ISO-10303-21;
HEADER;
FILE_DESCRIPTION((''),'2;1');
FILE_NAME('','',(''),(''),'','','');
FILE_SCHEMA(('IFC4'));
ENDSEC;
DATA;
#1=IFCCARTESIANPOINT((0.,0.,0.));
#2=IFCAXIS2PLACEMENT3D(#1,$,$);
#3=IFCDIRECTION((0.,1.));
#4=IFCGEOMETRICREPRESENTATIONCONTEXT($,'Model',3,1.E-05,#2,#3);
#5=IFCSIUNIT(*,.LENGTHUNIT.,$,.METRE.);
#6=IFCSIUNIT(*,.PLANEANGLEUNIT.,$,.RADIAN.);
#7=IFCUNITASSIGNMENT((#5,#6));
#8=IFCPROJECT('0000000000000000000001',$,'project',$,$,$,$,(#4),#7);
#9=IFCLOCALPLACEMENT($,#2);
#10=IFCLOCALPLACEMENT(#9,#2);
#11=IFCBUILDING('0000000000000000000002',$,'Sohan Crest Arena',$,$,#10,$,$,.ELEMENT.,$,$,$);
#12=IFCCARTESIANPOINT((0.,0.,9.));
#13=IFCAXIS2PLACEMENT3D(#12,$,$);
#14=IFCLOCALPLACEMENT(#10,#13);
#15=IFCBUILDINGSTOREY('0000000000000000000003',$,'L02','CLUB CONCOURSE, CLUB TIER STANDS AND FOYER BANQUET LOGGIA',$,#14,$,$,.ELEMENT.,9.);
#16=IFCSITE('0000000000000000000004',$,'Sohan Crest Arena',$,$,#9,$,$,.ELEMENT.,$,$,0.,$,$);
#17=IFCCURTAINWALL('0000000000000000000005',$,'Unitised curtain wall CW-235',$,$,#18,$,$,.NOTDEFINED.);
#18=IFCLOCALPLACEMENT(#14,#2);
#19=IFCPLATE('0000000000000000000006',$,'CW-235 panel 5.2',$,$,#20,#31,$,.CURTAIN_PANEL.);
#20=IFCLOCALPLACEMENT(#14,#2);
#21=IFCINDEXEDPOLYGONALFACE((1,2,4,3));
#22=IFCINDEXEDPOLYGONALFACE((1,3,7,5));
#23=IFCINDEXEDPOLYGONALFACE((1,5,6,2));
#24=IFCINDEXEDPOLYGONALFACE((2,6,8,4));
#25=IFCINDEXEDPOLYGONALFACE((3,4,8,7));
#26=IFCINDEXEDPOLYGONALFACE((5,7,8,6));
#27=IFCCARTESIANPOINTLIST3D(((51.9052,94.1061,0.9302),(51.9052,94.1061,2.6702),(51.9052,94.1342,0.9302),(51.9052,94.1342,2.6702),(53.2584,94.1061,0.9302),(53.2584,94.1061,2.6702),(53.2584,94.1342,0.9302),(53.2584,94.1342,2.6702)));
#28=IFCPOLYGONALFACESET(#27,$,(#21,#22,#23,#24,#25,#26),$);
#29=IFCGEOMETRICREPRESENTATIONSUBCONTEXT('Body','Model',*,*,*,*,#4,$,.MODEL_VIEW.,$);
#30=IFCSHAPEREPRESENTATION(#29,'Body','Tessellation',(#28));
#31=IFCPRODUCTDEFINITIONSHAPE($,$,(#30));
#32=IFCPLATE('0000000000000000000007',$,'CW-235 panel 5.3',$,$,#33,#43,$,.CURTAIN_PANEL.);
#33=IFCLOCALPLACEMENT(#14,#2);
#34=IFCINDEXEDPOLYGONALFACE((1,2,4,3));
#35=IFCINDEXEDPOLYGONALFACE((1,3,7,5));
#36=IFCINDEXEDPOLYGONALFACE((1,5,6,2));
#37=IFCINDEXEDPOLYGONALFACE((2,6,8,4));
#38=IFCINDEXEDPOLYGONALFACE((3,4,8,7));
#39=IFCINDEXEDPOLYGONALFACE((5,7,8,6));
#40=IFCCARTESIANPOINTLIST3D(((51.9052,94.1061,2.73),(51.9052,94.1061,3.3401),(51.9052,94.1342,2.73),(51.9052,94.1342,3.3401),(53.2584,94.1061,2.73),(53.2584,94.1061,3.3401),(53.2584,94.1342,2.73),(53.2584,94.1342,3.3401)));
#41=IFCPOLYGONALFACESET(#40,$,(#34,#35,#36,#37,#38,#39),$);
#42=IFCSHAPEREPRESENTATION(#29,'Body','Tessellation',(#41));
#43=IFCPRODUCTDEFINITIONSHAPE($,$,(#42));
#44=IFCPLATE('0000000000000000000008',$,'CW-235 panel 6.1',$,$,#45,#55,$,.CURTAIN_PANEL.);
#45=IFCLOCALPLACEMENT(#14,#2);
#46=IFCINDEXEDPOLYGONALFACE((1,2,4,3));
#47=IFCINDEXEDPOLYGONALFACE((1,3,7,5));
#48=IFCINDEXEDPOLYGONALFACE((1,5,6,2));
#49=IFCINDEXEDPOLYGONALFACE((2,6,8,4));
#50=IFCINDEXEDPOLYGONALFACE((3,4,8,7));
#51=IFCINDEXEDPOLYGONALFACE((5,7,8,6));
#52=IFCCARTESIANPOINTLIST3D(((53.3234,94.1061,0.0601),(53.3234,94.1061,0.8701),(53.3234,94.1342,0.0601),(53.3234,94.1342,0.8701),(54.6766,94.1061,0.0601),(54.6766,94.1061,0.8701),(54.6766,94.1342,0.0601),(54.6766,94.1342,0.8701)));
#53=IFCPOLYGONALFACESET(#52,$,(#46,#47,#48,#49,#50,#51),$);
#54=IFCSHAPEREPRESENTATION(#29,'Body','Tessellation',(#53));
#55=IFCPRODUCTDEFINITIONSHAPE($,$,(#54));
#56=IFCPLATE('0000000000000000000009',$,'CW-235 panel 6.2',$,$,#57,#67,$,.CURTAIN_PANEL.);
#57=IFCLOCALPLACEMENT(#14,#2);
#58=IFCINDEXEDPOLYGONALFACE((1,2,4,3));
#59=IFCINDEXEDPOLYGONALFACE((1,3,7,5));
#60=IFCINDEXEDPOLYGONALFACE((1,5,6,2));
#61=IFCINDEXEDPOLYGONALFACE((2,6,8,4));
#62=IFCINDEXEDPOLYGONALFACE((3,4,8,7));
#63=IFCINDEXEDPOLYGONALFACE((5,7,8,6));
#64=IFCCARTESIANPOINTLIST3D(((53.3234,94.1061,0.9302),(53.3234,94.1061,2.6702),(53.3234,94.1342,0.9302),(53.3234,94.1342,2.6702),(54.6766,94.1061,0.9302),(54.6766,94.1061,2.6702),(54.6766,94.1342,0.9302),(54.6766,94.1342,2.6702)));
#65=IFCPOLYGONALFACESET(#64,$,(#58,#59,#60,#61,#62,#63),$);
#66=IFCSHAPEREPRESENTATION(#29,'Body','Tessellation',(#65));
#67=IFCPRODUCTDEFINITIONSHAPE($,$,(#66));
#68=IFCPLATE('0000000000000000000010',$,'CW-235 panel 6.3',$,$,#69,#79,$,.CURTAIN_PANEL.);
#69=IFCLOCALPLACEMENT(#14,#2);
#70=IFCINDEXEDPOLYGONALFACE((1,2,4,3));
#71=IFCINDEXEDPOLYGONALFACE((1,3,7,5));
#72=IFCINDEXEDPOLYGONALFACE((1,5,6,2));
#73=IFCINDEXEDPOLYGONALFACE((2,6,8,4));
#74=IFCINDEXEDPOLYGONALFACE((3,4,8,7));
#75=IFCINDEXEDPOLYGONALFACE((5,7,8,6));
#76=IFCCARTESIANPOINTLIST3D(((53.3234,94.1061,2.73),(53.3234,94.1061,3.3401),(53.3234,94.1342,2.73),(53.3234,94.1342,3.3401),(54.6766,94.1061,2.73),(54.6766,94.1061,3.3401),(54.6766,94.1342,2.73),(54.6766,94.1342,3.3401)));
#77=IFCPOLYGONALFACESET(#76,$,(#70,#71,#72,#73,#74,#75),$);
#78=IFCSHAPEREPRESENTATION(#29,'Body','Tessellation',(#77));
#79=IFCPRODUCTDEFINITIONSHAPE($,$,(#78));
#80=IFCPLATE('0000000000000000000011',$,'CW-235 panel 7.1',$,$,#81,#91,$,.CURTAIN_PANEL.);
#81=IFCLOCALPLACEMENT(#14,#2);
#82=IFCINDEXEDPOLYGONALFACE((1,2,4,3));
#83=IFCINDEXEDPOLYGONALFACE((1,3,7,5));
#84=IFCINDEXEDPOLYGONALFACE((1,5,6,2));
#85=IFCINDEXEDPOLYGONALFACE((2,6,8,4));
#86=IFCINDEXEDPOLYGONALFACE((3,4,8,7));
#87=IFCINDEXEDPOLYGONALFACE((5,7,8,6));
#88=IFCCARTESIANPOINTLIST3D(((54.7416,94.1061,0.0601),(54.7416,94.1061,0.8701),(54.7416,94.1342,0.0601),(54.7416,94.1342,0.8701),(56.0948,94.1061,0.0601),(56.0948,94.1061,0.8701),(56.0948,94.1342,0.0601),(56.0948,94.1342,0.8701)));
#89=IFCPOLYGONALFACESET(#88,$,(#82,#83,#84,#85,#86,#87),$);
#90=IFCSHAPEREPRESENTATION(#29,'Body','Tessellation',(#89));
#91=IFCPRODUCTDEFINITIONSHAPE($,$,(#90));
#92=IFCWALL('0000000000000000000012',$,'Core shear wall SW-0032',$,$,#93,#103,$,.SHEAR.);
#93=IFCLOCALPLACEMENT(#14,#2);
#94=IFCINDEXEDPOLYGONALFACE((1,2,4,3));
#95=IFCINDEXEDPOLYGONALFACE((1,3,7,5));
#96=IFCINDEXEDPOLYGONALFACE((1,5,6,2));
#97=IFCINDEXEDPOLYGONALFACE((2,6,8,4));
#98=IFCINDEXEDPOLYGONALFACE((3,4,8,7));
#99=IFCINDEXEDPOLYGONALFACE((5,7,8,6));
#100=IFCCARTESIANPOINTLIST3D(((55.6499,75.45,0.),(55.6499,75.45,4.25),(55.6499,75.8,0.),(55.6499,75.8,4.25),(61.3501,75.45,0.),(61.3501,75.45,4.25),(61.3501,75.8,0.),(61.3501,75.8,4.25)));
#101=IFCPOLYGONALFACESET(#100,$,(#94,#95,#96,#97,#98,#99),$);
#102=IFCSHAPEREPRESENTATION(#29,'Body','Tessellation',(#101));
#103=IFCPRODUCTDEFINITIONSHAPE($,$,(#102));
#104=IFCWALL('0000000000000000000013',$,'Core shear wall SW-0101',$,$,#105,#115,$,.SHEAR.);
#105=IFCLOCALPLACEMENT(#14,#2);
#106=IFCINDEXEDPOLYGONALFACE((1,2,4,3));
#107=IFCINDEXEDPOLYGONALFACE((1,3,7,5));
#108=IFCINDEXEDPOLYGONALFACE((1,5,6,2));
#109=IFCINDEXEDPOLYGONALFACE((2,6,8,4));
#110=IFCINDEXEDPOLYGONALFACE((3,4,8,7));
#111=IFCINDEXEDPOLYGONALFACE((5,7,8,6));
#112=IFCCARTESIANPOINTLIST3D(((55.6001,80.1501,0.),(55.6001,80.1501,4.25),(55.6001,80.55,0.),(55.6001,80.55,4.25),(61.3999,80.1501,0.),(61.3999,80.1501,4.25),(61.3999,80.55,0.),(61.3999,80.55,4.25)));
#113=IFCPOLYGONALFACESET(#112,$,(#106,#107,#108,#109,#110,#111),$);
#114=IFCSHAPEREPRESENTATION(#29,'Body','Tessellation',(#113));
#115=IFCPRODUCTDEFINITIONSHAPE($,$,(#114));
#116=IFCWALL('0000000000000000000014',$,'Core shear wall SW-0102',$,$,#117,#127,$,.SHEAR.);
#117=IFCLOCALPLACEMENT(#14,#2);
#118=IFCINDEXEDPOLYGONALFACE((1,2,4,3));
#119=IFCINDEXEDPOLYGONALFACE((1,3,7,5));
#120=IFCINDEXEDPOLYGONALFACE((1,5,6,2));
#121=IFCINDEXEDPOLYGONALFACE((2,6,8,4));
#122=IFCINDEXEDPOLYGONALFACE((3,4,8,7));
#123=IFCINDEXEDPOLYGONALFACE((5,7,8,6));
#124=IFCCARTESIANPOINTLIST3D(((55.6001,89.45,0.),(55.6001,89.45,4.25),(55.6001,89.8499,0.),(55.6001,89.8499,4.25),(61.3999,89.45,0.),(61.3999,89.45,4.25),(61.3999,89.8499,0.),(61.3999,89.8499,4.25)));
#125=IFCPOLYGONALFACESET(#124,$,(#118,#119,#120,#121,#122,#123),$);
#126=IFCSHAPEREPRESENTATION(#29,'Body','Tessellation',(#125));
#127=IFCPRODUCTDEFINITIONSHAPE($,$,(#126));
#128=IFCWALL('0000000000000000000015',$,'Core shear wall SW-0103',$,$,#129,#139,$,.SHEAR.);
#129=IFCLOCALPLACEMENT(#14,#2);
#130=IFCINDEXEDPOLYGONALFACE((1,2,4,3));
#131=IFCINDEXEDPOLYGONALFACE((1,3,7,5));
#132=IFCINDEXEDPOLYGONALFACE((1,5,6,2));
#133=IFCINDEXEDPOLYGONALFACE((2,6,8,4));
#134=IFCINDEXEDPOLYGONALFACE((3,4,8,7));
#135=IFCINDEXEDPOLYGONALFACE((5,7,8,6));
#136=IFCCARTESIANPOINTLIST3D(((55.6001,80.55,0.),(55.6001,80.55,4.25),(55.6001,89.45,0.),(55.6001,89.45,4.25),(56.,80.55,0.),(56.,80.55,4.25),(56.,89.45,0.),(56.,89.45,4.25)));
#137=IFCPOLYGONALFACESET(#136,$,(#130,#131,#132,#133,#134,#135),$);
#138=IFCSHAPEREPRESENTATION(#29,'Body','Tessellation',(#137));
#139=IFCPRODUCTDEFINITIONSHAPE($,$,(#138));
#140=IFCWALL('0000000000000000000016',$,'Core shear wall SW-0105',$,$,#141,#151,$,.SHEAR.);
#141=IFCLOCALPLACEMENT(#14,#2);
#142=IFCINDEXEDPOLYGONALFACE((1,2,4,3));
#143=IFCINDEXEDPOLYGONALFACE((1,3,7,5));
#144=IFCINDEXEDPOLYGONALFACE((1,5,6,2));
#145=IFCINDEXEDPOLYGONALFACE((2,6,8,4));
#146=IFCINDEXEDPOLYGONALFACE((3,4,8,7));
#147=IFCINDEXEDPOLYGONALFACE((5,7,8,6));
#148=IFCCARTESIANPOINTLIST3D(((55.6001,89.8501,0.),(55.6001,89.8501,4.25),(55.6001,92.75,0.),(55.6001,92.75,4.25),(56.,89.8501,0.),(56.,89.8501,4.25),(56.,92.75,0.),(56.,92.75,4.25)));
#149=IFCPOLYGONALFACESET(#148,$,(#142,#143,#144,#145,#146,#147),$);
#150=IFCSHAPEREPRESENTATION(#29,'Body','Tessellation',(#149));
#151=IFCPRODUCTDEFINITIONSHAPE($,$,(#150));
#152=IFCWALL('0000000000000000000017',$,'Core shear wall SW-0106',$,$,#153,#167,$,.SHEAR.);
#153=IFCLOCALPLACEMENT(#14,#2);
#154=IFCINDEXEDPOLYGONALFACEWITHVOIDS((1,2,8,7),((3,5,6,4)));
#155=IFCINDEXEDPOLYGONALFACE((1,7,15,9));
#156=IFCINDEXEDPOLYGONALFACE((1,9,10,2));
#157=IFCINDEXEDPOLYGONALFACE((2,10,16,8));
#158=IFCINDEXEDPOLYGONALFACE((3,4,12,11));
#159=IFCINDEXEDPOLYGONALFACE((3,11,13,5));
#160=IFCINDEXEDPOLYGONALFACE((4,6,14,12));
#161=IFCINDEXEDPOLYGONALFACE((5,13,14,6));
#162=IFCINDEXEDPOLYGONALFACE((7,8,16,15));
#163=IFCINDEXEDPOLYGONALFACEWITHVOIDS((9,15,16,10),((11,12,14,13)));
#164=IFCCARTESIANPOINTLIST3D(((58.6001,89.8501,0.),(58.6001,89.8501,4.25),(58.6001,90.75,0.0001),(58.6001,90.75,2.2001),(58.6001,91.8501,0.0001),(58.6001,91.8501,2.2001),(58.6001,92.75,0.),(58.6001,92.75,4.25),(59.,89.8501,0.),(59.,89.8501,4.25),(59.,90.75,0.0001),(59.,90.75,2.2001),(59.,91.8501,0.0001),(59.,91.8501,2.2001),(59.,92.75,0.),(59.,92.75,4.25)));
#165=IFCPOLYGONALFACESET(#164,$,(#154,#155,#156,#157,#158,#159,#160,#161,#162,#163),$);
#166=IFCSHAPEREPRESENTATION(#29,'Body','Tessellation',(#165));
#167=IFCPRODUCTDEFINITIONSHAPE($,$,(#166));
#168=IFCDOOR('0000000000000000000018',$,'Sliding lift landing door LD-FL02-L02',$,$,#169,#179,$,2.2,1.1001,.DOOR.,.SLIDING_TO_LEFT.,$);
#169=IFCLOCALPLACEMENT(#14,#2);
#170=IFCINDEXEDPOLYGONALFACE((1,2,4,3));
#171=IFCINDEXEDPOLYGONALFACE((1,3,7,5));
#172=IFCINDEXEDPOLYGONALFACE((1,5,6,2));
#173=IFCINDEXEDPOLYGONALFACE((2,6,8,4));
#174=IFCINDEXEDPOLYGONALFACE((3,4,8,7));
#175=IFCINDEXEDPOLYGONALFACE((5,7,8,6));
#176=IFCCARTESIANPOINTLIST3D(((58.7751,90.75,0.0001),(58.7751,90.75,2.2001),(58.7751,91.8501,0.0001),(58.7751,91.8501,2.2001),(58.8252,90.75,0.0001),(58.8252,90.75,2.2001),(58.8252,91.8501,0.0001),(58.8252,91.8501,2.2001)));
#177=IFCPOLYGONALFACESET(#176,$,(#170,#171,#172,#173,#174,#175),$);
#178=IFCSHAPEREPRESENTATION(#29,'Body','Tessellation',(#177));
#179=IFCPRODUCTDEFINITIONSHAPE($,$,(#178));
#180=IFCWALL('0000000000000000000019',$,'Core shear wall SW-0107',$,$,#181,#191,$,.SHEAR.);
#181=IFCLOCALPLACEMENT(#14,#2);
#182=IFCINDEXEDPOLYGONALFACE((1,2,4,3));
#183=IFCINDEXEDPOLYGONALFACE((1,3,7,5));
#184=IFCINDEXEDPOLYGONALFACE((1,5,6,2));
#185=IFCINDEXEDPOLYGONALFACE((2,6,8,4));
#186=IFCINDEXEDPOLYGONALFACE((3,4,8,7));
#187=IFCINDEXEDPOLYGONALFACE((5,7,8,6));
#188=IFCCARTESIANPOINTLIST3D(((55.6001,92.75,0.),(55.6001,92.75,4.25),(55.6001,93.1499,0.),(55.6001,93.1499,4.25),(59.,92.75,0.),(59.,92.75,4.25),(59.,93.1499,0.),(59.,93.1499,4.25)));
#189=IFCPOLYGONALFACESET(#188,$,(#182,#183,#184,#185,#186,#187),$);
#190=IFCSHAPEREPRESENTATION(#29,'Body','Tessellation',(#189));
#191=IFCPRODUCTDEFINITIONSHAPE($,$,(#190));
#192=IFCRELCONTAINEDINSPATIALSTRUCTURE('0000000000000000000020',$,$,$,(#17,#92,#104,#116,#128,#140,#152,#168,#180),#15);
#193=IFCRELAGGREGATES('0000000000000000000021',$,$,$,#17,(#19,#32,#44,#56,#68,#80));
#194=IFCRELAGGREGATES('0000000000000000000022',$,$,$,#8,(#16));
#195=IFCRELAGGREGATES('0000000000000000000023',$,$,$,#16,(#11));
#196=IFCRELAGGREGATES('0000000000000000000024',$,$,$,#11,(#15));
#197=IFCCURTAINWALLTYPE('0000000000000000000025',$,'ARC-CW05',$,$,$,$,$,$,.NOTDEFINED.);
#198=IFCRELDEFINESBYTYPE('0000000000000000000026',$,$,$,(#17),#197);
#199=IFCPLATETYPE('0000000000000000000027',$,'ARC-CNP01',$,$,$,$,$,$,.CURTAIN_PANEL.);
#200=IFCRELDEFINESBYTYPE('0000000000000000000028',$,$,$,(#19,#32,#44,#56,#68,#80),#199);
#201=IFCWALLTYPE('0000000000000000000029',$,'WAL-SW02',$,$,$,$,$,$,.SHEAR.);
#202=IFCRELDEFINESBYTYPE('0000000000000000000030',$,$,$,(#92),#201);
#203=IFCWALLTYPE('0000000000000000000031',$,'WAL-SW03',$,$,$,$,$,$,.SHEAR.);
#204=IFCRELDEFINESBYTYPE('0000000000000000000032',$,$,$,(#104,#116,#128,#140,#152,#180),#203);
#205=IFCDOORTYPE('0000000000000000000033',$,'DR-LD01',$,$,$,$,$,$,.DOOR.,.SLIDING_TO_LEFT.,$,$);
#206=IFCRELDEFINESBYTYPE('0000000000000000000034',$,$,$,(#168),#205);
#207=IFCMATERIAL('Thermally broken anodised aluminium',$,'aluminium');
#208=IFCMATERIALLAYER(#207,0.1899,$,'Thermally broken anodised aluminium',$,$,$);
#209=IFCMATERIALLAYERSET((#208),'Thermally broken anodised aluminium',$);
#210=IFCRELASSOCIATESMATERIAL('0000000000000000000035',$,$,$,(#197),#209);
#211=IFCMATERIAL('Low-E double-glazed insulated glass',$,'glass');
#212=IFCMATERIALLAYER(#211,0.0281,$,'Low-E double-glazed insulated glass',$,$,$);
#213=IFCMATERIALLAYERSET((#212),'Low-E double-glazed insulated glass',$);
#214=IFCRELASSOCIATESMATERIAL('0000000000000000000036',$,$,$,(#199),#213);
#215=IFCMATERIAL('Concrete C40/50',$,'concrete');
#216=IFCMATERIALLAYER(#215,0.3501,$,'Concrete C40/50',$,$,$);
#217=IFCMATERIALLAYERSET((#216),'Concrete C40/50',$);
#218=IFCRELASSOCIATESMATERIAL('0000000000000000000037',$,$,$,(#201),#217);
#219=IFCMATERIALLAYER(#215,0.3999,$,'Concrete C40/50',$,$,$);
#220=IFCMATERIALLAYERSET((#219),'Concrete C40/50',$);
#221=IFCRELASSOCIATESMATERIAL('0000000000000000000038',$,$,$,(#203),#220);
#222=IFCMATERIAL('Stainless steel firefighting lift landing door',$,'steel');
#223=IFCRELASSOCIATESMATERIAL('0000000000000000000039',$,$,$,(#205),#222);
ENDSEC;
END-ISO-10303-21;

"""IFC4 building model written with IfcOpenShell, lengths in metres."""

from ifc_helpers import new_model, si_unit, direction, frame, frame_2d, origin, origin_2d, place, context, subcontext, project, spatial, rectangle, extrude, material, layer, layer_set, type_object, element, fill, aggregate, save


model = new_model("IFC4")

# Units and contexts
model_context = context("Model", 3, precision=1e-05, world=origin(), true_north=direction((0.0, 1.0)))
body_context = subcontext(model_context, "Body", "Model", "MODEL_VIEW")
ifc_project = project(units=[si_unit("LENGTHUNIT", "METRE"), si_unit("PLANEANGLEUNIT", "RADIAN")], contexts=[model_context])

# Site, building, storey
site_placement = place(None, origin())
site = spatial("IfcSite", under=ifc_project, at=site_placement, Name="Sohan Crest Arena", CompositionType="ELEMENT", RefElevation=0.0)
building_placement = place(site_placement, origin())
building = spatial("IfcBuilding", under=site, at=building_placement, Name="Sohan Crest Arena", CompositionType="ELEMENT")
storey_placement = place(building_placement, frame((0.0, 0.0, 9.0)))
storey = spatial("IfcBuildingStorey", under=building, at=storey_placement, Name="L02", Description="CLUB CONCOURSE, CLUB TIER STANDS AND FOYER BANQUET LOGGIA", CompositionType="ELEMENT", Elevation=9.0)

# Curtain wall
ifc_material_1 = material(Name="Thermally broken anodised aluminium", Category="aluminium")
ifc_layer_1 = layer(ifc_material_1, 0.1899, Name="Thermally broken anodised aluminium")
ifc_layer_set_1 = layer_set([ifc_layer_1], Name="Thermally broken anodised aluminium")
curtain_wall_type = type_object("IfcCurtainWallType", Name="ARC-CW05", PredefinedType="NOTDEFINED", material=ifc_layer_set_1)
curtain_wall_placement = place(storey_placement, origin())
curtain_wall = element("IfcCurtainWall", 1, at=curtain_wall_placement, inside=storey, type_object=curtain_wall_type, Name="Unitised curtain wall CW-235", PredefinedType="NOTDEFINED")

# Plates
ifc_material_2 = material(Name="Low-E double-glazed insulated glass", Category="glass")
ifc_layer_2 = layer(ifc_material_2, 0.0281, Name="Low-E double-glazed insulated glass")
ifc_layer_set_2 = layer_set([ifc_layer_2], Name="Low-E double-glazed insulated glass")
plate_type = type_object("IfcPlateType", Name="ARC-CNP01", PredefinedType="CURTAIN_PANEL", material=ifc_layer_set_2)
plate_1_placement = place(storey_placement, frame((52.5818, 94.1201, 0.9302), z_axis=(0.0, 0.0, 1.0), x_axis=(1.0, 0.0, 0.0)))
plate_1 = element("IfcPlate", 2, at=plate_1_placement, type_object=plate_type, Name="CW-235 panel 5.2", PredefinedType="CURTAIN_PANEL", context=body_context, shape_type="SweptSolid", body=[
    extrude(rectangle(XDim=1.3533, YDim=0.0281, at=origin_2d()), origin(), (0.0, 0.0, 1.0), 1.74),
])
plate_2_placement = place(storey_placement, frame((52.5818, 94.1201, 2.73), z_axis=(0.0, 0.0, 1.0), x_axis=(1.0, 0.0, 0.0)))
plate_2 = element("IfcPlate", 3, at=plate_2_placement, type_object=plate_type, Name="CW-235 panel 5.3", PredefinedType="CURTAIN_PANEL", context=body_context, shape_type="SweptSolid", body=[
    extrude(rectangle(XDim=1.3533, YDim=0.0281, at=origin_2d()), origin(), (0.0, 0.0, 1.0), 0.6101),
])
plate_3_placement = place(storey_placement, frame((54.0, 94.1201, 0.0601), z_axis=(0.0, 0.0, 1.0), x_axis=(1.0, 0.0, 0.0)))
plate_3 = element("IfcPlate", 4, at=plate_3_placement, type_object=plate_type, Name="CW-235 panel 6.1", PredefinedType="CURTAIN_PANEL", context=body_context, shape_type="SweptSolid", body=[
    extrude(rectangle(XDim=1.3533, YDim=0.0281, at=origin_2d()), origin(), (0.0, 0.0, 1.0), 0.8101),
])
plate_4_placement = place(storey_placement, frame((54.0, 94.1201, 0.9302), z_axis=(0.0, 0.0, 1.0), x_axis=(1.0, 0.0, 0.0)))
plate_4 = element("IfcPlate", 5, at=plate_4_placement, type_object=plate_type, Name="CW-235 panel 6.2", PredefinedType="CURTAIN_PANEL", context=body_context, shape_type="SweptSolid", body=[
    extrude(rectangle(XDim=1.3533, YDim=0.0281, at=origin_2d()), origin(), (0.0, 0.0, 1.0), 1.74),
])
plate_5_placement = place(storey_placement, frame((54.0, 94.1201, 2.73), z_axis=(0.0, 0.0, 1.0), x_axis=(1.0, 0.0, 0.0)))
plate_5 = element("IfcPlate", 6, at=plate_5_placement, type_object=plate_type, Name="CW-235 panel 6.3", PredefinedType="CURTAIN_PANEL", context=body_context, shape_type="SweptSolid", body=[
    extrude(rectangle(XDim=1.3533, YDim=0.0281, at=origin_2d()), origin(), (0.0, 0.0, 1.0), 0.6101),
])
plate_6_placement = place(storey_placement, frame((55.4182, 94.1201, 0.0601), z_axis=(0.0, 0.0, 1.0), x_axis=(1.0, 0.0, 0.0)))
plate_6 = element("IfcPlate", 7, at=plate_6_placement, type_object=plate_type, Name="CW-235 panel 7.1", PredefinedType="CURTAIN_PANEL", context=body_context, shape_type="SweptSolid", body=[
    extrude(rectangle(XDim=1.3533, YDim=0.0281, at=origin_2d()), origin(), (0.0, 0.0, 1.0), 0.8101),
])
aggregate(curtain_wall, [plate_1, plate_2, plate_3, plate_4, plate_5, plate_6])

# Walls
ifc_material_3 = material(Name="Concrete C40/50", Category="concrete")
ifc_layer_3 = layer(ifc_material_3, 0.3501, Name="Concrete C40/50")
ifc_layer_set_3 = layer_set([ifc_layer_3], Name="Concrete C40/50")
wall_type_1 = type_object("IfcWallType", Name="WAL-SW02", PredefinedType="SHEAR", material=ifc_layer_set_3)
wall_1_placement = place(storey_placement, frame((55.6499, 75.625, 0.0), z_axis=(0.0, 0.0, 1.0), x_axis=(1.0, 0.0, 0.0)))
element("IfcWall", 8, at=wall_1_placement, inside=storey, type_object=wall_type_1, Name="Core shear wall SW-0032", PredefinedType="SHEAR", context=body_context, shape_type="SweptSolid", body=[
    extrude(rectangle(XDim=5.7002, YDim=0.3501, at=frame_2d((2.8501, 0.0))), origin(), (0.0, 0.0, 1.0), 4.25),
])
ifc_layer_4 = layer(ifc_material_3, 0.3999, Name="Concrete C40/50")
ifc_layer_set_4 = layer_set([ifc_layer_4], Name="Concrete C40/50")
wall_type_2 = type_object("IfcWallType", Name="WAL-SW03", PredefinedType="SHEAR", material=ifc_layer_set_4)
for number, where, z_axis, x_axis, name in (
    (9, (55.6001, 80.3501, 0.0), (0.0, 0.0, 1.0), (1.0, 0.0, 0.0), "Core shear wall SW-0101"),
    (10, (55.6001, 89.6499, 0.0), (0.0, 0.0, 1.0), (1.0, 0.0, 0.0), "Core shear wall SW-0102"),
):
    element("IfcWall", number, at=place(storey_placement, frame(where, z_axis=z_axis, x_axis=x_axis)), inside=storey, type_object=wall_type_2, Name=name, PredefinedType="SHEAR", context=body_context, shape_type="SweptSolid", body=[
        extrude(rectangle(XDim=5.7998, YDim=0.3999, at=frame_2d((2.8999, 0.0))), origin(), (0.0, 0.0, 1.0), 4.25),
    ])
wall_2_placement = place(storey_placement, frame((55.8, 80.55, 0.0), z_axis=(0.0, 0.0, 1.0), x_axis=(0.0, 1.0, 0.0)))
element("IfcWall", 11, at=wall_2_placement, inside=storey, type_object=wall_type_2, Name="Core shear wall SW-0103", PredefinedType="SHEAR", context=body_context, shape_type="SweptSolid", body=[
    extrude(rectangle(XDim=8.8999, YDim=0.3999, at=frame_2d((4.45, 0.0))), origin(), (0.0, 0.0, 1.0), 4.25),
])
wall_3_placement = place(storey_placement, frame((55.8, 89.8501, 0.0), z_axis=(0.0, 0.0, 1.0), x_axis=(0.0, 1.0, 0.0)))
element("IfcWall", 12, at=wall_3_placement, inside=storey, type_object=wall_type_2, Name="Core shear wall SW-0105", PredefinedType="SHEAR", context=body_context, shape_type="SweptSolid", body=[
    extrude(rectangle(XDim=2.8999, YDim=0.3999, at=frame_2d((1.45, 0.0))), origin(), (0.0, 0.0, 1.0), 4.25),
])

# Wall, opening, door
wall_4_placement = place(storey_placement, frame((58.8, 89.8501, 0.0), z_axis=(0.0, 0.0, 1.0), x_axis=(0.0, 1.0, 0.0)))
wall_4 = element("IfcWall", 13, at=wall_4_placement, inside=storey, type_object=wall_type_2, Name="Core shear wall SW-0106", PredefinedType="SHEAR", context=body_context, shape_type="SweptSolid", body=[
    extrude(rectangle(XDim=2.8999, YDim=0.3999, at=frame_2d((1.45, 0.0))), origin(), (0.0, 0.0, 1.0), 4.25),
])
opening_placement = place(wall_4_placement, frame((0.8999, 0.0, 0.0)))
opening = element("IfcOpeningElement", 14, at=opening_placement, cuts=wall_4, PredefinedType="OPENING", context=body_context, shape_type="SweptSolid", body=[
    extrude(rectangle(XDim=1.1001, YDim=2.2, at=frame_2d((0.55, 1.1001))), frame((0.0, 0.21, 0.0), z_axis=(0.0, -1.0, 0.0), x_axis=(1.0, 0.0, 0.0)), (0.0, 0.0, 1.0), 0.4199),
])
ifc_material_4 = material(Name="Stainless steel firefighting lift landing door", Category="steel")
door_type = type_object("IfcDoorType", Name="DR-LD01", OperationType="SLIDING_TO_LEFT", PredefinedType="DOOR", material=ifc_material_4)
door_placement = place(opening_placement, origin())
door = element("IfcDoor", 15, at=door_placement, inside=storey, type_object=door_type, Name="Sliding lift landing door LD-FL02-L02", OperationType="SLIDING_TO_LEFT", OverallHeight=2.2, OverallWidth=1.1001, PredefinedType="DOOR", context=body_context, shape_type="SweptSolid", body=[
    extrude(rectangle(XDim=1.1001, YDim=2.2, at=frame_2d((0.55, 1.1001))), frame((0.0, 0.0249, 0.0), z_axis=(0.0, -1.0, 0.0), x_axis=(1.0, 0.0, 0.0)), (0.0, 0.0, 1.0), 0.05),
])
fill(opening, door)

# Wall
wall_5_placement = place(storey_placement, frame((55.6001, 92.95, 0.0), z_axis=(0.0, 0.0, 1.0), x_axis=(1.0, 0.0, 0.0)))
element("IfcWall", 16, at=wall_5_placement, inside=storey, type_object=wall_type_2, Name="Core shear wall SW-0107", PredefinedType="SHEAR", context=body_context, shape_type="SweptSolid", body=[
    extrude(rectangle(XDim=3.3999, YDim=0.3999, at=frame_2d((1.7, 0.0))), origin(), (0.0, 0.0, 1.0), 4.25),
])

save(model, "model.ifc")
